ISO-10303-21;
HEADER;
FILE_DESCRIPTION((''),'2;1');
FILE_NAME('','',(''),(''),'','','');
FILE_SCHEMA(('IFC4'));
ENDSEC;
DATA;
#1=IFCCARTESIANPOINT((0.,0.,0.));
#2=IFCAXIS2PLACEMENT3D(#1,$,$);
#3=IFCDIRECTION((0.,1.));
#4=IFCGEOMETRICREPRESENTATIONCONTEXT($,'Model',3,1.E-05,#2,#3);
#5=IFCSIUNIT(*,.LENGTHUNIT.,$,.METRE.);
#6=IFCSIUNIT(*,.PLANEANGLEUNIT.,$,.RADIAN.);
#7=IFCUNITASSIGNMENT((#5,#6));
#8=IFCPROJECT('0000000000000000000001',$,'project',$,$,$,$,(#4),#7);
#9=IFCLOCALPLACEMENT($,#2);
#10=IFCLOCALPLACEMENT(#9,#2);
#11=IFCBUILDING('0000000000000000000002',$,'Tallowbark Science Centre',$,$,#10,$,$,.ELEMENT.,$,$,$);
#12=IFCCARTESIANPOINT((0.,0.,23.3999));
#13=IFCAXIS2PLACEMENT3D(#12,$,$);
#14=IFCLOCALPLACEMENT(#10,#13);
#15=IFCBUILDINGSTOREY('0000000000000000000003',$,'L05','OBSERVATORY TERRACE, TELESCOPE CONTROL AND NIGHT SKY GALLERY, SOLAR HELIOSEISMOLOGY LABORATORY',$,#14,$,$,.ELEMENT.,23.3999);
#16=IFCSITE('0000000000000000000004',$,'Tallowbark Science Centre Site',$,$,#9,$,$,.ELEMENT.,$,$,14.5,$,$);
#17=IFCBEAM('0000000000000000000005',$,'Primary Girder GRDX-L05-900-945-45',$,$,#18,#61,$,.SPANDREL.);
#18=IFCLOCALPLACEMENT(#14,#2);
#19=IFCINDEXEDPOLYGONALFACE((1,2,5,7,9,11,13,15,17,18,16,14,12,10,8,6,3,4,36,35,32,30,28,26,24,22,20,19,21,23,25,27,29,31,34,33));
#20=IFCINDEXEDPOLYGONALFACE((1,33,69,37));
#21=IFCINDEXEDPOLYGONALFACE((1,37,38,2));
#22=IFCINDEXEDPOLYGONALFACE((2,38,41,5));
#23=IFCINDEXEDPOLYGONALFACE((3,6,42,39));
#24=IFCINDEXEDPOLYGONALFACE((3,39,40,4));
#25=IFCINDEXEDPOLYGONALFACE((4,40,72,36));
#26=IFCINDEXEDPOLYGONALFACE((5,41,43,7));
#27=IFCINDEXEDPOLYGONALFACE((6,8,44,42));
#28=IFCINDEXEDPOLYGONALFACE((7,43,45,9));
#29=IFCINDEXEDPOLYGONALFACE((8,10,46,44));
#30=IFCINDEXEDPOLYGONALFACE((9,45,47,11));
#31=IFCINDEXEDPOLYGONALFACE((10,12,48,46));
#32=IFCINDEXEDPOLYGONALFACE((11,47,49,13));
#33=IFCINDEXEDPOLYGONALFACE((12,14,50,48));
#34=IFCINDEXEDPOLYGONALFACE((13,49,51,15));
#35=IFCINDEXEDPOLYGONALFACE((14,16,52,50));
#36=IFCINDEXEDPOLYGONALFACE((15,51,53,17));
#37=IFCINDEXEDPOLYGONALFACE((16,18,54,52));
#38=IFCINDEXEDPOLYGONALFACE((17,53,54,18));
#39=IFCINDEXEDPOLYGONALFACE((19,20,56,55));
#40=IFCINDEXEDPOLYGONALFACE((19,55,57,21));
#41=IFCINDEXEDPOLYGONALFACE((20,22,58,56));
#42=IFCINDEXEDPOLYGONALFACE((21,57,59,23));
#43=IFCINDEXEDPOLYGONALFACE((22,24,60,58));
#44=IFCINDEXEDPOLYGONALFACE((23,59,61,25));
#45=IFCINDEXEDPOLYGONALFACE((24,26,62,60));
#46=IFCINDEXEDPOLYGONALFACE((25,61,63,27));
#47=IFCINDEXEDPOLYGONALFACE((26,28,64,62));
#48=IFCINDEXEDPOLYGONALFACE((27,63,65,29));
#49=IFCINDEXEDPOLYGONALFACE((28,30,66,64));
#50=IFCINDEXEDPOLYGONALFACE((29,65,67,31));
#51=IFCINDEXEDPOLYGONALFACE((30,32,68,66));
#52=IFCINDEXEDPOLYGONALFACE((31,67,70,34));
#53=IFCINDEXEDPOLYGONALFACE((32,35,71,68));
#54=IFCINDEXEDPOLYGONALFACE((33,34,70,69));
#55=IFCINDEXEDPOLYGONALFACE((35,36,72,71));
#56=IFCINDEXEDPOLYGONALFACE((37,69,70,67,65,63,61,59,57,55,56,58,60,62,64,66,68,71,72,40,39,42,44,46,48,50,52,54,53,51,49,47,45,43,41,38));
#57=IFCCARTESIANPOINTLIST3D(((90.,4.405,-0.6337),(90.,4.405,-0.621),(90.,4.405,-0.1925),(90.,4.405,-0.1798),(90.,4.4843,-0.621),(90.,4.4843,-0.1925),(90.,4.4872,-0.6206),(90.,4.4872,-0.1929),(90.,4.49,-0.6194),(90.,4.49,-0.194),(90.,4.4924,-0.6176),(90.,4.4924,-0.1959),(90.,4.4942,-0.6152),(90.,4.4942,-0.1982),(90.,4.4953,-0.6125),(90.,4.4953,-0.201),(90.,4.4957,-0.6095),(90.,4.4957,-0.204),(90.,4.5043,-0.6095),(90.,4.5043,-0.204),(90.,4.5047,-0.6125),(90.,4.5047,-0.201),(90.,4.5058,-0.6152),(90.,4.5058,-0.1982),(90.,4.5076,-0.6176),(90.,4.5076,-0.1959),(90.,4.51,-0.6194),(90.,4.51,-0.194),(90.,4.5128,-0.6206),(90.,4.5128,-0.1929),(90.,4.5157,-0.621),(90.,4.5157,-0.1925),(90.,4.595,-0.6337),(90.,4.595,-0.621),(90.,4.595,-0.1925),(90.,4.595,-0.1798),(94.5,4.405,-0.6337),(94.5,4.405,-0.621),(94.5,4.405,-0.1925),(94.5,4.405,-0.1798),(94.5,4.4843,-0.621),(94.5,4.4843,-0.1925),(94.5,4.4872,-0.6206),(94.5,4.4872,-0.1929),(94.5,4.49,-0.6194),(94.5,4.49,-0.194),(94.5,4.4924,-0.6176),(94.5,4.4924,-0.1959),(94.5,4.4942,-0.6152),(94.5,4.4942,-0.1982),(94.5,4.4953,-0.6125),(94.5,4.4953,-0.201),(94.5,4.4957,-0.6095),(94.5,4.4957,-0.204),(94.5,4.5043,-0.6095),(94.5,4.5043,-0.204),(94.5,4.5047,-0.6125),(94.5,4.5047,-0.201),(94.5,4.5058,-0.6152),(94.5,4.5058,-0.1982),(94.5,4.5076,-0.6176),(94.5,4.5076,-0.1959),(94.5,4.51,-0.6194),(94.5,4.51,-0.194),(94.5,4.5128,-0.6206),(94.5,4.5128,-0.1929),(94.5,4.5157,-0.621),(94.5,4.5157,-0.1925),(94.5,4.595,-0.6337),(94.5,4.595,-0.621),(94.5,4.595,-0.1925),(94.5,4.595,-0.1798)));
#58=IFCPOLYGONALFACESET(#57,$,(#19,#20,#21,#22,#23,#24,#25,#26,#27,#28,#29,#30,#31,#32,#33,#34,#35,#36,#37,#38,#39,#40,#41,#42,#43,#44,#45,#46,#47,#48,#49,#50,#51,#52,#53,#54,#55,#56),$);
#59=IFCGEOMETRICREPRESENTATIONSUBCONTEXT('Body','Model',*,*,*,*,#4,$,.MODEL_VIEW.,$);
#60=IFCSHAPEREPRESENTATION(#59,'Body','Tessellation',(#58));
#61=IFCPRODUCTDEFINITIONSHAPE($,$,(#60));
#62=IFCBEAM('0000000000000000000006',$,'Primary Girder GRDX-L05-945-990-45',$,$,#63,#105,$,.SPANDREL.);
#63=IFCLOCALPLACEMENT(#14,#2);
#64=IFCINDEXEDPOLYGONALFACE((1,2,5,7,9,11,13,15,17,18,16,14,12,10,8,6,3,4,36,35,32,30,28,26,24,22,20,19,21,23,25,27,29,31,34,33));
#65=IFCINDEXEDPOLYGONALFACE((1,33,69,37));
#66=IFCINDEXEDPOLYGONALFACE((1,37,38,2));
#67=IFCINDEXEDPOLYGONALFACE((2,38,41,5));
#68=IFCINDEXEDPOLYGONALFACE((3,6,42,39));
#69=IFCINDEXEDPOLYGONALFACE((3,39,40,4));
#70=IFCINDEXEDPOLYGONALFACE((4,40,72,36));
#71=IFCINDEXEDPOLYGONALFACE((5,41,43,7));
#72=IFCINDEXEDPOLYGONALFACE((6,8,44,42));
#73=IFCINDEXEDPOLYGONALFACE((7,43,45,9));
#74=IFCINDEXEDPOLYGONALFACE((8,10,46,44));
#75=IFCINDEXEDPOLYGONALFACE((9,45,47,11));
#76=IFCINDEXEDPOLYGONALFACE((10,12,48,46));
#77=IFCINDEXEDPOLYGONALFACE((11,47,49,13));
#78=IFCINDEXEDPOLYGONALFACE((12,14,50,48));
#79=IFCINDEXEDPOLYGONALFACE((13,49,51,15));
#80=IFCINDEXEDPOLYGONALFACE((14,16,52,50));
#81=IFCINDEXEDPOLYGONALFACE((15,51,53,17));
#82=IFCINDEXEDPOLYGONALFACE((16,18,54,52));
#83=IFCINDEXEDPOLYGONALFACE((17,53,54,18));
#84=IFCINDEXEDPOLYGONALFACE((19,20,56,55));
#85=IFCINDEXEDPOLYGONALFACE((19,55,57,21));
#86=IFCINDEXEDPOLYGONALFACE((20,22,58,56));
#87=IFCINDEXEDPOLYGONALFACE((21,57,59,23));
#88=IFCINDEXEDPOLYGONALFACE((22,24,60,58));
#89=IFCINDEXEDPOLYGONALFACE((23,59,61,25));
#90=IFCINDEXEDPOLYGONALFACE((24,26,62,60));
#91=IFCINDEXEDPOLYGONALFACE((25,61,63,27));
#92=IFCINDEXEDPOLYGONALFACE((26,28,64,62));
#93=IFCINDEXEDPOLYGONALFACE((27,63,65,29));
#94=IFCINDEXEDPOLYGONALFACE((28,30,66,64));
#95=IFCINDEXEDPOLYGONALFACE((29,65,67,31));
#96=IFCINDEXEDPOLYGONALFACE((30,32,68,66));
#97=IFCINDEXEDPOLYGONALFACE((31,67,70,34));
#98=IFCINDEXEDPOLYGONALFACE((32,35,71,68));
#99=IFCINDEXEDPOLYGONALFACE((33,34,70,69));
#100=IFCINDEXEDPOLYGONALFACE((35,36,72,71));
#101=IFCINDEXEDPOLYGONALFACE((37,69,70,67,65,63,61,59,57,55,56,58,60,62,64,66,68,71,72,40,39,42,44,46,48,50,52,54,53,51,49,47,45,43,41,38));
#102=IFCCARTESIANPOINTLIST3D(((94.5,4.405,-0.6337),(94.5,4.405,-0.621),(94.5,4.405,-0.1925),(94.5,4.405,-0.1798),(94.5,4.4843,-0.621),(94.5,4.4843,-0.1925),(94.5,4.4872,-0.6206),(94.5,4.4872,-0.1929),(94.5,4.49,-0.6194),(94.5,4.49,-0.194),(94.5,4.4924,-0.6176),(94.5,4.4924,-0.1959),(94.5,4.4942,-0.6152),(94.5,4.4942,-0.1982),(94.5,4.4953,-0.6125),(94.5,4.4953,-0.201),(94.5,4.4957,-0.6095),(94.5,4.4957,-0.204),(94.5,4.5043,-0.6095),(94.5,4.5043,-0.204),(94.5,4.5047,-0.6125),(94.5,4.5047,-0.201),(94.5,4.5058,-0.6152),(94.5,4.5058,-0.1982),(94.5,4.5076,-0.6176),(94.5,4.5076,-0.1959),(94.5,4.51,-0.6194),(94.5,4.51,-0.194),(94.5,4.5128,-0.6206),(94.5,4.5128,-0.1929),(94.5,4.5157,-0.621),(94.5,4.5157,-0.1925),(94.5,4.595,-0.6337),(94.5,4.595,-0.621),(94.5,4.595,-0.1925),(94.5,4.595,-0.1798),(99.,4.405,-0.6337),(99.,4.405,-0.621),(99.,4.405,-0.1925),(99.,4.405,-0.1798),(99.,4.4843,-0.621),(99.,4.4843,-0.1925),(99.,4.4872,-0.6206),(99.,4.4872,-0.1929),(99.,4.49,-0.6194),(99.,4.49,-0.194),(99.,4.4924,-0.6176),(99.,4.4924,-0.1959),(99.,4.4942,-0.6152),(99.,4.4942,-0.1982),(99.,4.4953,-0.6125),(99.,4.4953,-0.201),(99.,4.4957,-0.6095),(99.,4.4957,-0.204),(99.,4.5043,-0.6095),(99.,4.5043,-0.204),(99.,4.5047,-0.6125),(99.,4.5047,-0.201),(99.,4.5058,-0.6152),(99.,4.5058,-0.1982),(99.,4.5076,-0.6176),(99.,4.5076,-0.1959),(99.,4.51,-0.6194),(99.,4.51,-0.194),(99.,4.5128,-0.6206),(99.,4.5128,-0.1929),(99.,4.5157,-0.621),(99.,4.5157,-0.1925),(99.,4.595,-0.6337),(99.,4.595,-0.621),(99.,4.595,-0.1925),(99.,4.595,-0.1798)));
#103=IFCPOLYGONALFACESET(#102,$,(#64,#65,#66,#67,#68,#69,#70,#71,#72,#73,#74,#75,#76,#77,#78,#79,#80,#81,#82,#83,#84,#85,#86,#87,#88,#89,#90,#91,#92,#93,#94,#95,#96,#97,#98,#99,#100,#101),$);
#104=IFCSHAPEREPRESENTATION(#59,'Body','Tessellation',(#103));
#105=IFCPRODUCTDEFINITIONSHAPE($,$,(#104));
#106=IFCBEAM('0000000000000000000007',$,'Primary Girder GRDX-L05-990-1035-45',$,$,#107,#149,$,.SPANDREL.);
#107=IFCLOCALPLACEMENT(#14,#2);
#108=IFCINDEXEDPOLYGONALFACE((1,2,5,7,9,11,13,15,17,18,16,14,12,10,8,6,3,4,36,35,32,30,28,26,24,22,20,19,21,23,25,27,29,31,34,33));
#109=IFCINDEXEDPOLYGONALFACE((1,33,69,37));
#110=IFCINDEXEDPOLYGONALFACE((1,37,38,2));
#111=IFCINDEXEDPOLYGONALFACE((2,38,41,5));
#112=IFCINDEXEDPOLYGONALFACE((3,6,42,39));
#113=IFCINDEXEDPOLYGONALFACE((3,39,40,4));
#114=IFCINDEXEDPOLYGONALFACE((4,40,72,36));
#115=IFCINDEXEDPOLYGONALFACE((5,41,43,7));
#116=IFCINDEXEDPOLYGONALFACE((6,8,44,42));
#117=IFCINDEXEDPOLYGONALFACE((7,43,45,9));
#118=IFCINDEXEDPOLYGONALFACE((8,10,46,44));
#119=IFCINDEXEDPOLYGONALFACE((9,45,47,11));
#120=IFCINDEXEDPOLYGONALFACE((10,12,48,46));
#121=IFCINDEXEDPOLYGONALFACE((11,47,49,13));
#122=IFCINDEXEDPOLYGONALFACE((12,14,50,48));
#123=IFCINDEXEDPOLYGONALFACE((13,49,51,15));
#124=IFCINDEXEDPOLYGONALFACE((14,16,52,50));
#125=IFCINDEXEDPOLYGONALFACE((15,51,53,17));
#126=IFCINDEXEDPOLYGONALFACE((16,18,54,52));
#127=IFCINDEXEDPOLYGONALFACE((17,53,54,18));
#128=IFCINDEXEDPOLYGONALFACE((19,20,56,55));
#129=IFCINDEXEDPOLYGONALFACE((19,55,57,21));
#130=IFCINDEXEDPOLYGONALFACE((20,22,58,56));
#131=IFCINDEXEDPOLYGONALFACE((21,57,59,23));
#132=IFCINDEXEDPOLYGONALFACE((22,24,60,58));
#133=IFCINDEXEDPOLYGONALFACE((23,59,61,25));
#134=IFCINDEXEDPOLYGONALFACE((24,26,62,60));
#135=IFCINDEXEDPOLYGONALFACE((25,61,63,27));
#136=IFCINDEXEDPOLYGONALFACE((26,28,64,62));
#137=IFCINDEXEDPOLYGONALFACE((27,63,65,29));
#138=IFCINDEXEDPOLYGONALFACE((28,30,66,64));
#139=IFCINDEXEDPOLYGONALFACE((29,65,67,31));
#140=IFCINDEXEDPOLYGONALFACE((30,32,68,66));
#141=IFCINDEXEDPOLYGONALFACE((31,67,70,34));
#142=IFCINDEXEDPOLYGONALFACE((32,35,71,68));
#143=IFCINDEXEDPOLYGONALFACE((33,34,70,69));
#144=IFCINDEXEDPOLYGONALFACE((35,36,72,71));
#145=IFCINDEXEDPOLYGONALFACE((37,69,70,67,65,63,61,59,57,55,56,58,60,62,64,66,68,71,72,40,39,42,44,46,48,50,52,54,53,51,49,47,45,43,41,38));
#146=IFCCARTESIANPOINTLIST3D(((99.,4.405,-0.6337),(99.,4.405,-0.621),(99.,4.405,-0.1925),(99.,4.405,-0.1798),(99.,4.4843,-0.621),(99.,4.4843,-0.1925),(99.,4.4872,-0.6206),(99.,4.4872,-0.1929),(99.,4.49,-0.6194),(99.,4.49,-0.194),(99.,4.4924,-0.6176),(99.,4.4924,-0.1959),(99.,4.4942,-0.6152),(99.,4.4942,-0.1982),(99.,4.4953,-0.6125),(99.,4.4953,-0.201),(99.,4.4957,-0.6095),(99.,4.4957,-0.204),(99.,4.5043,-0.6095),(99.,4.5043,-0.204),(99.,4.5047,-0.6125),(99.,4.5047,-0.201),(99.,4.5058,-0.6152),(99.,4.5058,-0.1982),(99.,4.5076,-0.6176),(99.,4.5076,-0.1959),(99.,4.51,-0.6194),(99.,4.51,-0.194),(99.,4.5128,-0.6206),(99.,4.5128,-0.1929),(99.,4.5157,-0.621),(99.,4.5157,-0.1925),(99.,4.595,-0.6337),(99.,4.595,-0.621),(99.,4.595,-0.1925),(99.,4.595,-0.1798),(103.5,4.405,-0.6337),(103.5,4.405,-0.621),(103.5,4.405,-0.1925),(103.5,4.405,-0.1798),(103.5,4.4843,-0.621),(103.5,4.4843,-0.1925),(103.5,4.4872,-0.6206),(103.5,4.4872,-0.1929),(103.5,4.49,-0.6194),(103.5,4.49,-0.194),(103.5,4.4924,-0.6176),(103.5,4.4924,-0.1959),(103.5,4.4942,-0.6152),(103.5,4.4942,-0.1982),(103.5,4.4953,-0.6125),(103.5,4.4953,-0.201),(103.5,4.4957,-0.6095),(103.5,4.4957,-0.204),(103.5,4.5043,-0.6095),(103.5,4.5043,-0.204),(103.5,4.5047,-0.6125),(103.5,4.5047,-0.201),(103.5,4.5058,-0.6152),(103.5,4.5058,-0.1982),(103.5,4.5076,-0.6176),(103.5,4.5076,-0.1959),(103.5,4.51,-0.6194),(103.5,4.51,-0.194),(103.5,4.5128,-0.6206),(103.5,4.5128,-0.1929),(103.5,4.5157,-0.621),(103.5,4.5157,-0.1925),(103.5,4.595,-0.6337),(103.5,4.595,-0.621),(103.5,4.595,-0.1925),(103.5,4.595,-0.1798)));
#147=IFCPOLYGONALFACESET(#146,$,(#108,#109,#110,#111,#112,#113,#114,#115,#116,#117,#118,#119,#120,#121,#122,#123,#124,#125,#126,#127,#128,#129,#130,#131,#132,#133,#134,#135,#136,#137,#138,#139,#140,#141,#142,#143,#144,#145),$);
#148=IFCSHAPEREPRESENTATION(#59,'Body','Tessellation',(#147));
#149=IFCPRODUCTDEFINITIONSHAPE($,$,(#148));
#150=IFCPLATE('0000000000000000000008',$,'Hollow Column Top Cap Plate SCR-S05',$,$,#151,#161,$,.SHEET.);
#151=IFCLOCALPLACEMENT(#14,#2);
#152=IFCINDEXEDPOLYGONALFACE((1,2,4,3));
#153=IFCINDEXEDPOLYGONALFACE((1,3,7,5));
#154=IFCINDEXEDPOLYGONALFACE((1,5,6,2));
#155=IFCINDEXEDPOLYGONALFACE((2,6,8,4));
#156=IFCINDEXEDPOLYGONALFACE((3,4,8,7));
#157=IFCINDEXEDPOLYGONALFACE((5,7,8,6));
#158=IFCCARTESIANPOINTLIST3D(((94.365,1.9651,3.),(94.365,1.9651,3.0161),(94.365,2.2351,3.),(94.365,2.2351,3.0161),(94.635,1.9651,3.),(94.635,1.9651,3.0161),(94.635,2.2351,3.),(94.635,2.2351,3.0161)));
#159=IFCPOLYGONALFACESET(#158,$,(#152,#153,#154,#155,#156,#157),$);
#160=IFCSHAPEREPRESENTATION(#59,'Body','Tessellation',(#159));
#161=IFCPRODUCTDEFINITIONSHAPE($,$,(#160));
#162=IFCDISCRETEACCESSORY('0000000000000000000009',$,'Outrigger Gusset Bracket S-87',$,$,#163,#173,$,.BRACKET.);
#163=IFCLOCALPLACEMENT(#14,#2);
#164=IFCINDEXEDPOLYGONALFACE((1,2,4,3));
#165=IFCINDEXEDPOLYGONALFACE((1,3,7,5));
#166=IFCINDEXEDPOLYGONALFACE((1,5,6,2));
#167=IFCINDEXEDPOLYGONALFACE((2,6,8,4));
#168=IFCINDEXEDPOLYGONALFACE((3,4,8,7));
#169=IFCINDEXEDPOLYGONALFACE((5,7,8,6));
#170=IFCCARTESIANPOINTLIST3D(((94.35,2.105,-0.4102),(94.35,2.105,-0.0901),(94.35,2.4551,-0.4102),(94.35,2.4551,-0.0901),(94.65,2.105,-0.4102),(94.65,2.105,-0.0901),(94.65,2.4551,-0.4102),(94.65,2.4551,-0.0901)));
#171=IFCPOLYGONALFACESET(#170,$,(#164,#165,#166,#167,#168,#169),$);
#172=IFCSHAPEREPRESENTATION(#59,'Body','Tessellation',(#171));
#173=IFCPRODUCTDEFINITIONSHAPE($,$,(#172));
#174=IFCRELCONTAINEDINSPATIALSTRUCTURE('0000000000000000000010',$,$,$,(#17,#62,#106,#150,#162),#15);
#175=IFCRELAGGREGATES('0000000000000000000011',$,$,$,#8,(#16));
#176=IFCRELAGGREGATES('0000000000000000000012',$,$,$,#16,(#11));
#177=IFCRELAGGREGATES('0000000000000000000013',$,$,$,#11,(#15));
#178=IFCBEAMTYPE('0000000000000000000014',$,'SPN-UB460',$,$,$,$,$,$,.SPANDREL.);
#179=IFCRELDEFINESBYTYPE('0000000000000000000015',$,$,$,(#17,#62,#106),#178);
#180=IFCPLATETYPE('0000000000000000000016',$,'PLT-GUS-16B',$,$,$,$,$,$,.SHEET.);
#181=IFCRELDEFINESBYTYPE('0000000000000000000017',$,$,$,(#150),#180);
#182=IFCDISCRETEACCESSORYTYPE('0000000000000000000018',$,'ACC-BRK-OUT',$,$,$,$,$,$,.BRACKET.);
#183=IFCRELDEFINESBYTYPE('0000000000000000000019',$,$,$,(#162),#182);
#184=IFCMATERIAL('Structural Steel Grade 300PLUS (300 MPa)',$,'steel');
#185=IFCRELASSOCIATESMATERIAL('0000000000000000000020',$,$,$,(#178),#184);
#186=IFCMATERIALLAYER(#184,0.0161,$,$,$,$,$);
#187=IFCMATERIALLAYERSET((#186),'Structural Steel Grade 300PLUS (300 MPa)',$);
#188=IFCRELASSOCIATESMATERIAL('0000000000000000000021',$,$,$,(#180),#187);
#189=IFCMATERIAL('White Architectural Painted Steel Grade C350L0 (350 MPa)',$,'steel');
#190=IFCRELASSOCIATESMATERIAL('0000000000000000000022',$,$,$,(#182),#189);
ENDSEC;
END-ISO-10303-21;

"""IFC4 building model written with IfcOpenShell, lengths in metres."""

from ifc_helpers import new_model, si_unit, direction, frame, origin, origin_2d, place, context, subcontext, project, spatial, rectangle, i_section, extrude, material, layer, layer_set, material_profile, profile_set, type_object, element, save


model = new_model("IFC4")

# Units and contexts
model_context = context("Model", 3, precision=1e-05, world=origin(), true_north=direction((0.0, 1.0)))
body_context = subcontext(model_context, "Body", "Model", "MODEL_VIEW")
ifc_project = project(units=[si_unit("LENGTHUNIT", "METRE"), si_unit("PLANEANGLEUNIT", "RADIAN")], contexts=[model_context])

# Site, building, storey
site_placement = place(None, origin())
site = spatial("IfcSite", under=ifc_project, at=site_placement, Name="Tallowbark Science Centre Site", CompositionType="ELEMENT", RefElevation=14.5)
building_placement = place(site_placement, origin())
building = spatial("IfcBuilding", under=site, at=building_placement, Name="Tallowbark Science Centre", CompositionType="ELEMENT")
storey_placement = place(building_placement, frame((0.0, 0.0, 23.3999)))
storey = spatial("IfcBuildingStorey", under=building, at=storey_placement, Name="L05", Description="OBSERVATORY TERRACE, TELESCOPE CONTROL AND NIGHT SKY GALLERY, SOLAR HELIOSEISMOLOGY LABORATORY", CompositionType="ELEMENT", Elevation=23.3999)

# Shared definitions
ifc_material_1 = material(Name="White Architectural Painted Steel Grade C350L0 (350 MPa)", Category="steel")
ifc_material_2 = material(Name="Structural Steel Grade 300PLUS (300 MPa)", Category="steel")

# Beams
ifc_material_profile_1 = material_profile(ifc_material_2, i_section(OverallWidth=0.1899, OverallDepth=0.4539, WebThickness=0.0085, FlangeThickness=0.0127, FilletRadius=0.0115, at=origin_2d()), Name="460UB67.1")
ifc_profile_set_1 = profile_set([ifc_material_profile_1], Name="Structural Steel Grade 300PLUS (300 MPa)")
beam_type_1 = type_object("IfcBeamType", Name="SPN-UB460", PredefinedType="SPANDREL", material=ifc_profile_set_1)
for number, where, z_axis, x_axis, name in (
    (1, (90.0, 4.5, -0.4067), (1.0, 0.0, 0.0), (0.0, 1.0, 0.0), "Primary Girder GRDX-L05-900-945-45"),
    (2, (94.5, 4.5, -0.4067), (1.0, 0.0, 0.0), (0.0, 1.0, 0.0), "Primary Girder GRDX-L05-945-990-45"),
    (3, (99.0, 4.5, -0.4067), (1.0, 0.0, 0.0), (0.0, 1.0, 0.0), "Primary Girder GRDX-L05-990-1035-45"),
):
    element("IfcBeam", number, at=place(storey_placement, frame(where, z_axis=z_axis, x_axis=x_axis)), inside=storey, type_object=beam_type_1, Name=name, PredefinedType="SPANDREL", context=body_context, shape_type="SweptSolid", body=[
        extrude(i_section(OverallWidth=0.1899, OverallDepth=0.4539, WebThickness=0.0085, FlangeThickness=0.0127, FilletRadius=0.0115, at=origin_2d()), origin(), (0.0, 0.0, 1.0), 4.5),
    ])

# Plate
ifc_layer = layer(ifc_material_2, 0.0161)
ifc_layer_set = layer_set([ifc_layer], Name="Structural Steel Grade 300PLUS (300 MPa)")
plate_type = type_object("IfcPlateType", Name="PLT-GUS-16B", PredefinedType="SHEET", material=ifc_layer_set)
plate_placement = place(storey_placement, frame((94.5, 2.1001, 3.0), z_axis=(0.0, 0.0, 1.0), x_axis=(1.0, 0.0, 0.0)))
element("IfcPlate", 4, at=plate_placement, inside=storey, type_object=plate_type, Name="Hollow Column Top Cap Plate SCR-S05", PredefinedType="SHEET", context=body_context, shape_type="SweptSolid", body=[
    extrude(rectangle(XDim=0.27, YDim=0.27, at=origin_2d()), origin(), (0.0, 0.0, 1.0), 0.0161),
])

# Discrete accessory
discrete_accessory_type = type_object("IfcDiscreteAccessoryType", Name="ACC-BRK-OUT", PredefinedType="BRACKET", material=ifc_material_1)
discrete_accessory_placement = place(storey_placement, frame((94.5, 2.28, -0.4102), z_axis=(0.0, 0.0, 1.0), x_axis=(1.0, 0.0, 0.0)))
element("IfcDiscreteAccessory", 5, at=discrete_accessory_placement, inside=storey, type_object=discrete_accessory_type, Name="Outrigger Gusset Bracket S-87", PredefinedType="BRACKET", context=body_context, shape_type="SweptSolid", body=[
    extrude(rectangle(XDim=0.3, YDim=0.3501, at=origin_2d()), origin(), (0.0, 0.0, 1.0), 0.3201),
])

save(model, "model.ifc")
